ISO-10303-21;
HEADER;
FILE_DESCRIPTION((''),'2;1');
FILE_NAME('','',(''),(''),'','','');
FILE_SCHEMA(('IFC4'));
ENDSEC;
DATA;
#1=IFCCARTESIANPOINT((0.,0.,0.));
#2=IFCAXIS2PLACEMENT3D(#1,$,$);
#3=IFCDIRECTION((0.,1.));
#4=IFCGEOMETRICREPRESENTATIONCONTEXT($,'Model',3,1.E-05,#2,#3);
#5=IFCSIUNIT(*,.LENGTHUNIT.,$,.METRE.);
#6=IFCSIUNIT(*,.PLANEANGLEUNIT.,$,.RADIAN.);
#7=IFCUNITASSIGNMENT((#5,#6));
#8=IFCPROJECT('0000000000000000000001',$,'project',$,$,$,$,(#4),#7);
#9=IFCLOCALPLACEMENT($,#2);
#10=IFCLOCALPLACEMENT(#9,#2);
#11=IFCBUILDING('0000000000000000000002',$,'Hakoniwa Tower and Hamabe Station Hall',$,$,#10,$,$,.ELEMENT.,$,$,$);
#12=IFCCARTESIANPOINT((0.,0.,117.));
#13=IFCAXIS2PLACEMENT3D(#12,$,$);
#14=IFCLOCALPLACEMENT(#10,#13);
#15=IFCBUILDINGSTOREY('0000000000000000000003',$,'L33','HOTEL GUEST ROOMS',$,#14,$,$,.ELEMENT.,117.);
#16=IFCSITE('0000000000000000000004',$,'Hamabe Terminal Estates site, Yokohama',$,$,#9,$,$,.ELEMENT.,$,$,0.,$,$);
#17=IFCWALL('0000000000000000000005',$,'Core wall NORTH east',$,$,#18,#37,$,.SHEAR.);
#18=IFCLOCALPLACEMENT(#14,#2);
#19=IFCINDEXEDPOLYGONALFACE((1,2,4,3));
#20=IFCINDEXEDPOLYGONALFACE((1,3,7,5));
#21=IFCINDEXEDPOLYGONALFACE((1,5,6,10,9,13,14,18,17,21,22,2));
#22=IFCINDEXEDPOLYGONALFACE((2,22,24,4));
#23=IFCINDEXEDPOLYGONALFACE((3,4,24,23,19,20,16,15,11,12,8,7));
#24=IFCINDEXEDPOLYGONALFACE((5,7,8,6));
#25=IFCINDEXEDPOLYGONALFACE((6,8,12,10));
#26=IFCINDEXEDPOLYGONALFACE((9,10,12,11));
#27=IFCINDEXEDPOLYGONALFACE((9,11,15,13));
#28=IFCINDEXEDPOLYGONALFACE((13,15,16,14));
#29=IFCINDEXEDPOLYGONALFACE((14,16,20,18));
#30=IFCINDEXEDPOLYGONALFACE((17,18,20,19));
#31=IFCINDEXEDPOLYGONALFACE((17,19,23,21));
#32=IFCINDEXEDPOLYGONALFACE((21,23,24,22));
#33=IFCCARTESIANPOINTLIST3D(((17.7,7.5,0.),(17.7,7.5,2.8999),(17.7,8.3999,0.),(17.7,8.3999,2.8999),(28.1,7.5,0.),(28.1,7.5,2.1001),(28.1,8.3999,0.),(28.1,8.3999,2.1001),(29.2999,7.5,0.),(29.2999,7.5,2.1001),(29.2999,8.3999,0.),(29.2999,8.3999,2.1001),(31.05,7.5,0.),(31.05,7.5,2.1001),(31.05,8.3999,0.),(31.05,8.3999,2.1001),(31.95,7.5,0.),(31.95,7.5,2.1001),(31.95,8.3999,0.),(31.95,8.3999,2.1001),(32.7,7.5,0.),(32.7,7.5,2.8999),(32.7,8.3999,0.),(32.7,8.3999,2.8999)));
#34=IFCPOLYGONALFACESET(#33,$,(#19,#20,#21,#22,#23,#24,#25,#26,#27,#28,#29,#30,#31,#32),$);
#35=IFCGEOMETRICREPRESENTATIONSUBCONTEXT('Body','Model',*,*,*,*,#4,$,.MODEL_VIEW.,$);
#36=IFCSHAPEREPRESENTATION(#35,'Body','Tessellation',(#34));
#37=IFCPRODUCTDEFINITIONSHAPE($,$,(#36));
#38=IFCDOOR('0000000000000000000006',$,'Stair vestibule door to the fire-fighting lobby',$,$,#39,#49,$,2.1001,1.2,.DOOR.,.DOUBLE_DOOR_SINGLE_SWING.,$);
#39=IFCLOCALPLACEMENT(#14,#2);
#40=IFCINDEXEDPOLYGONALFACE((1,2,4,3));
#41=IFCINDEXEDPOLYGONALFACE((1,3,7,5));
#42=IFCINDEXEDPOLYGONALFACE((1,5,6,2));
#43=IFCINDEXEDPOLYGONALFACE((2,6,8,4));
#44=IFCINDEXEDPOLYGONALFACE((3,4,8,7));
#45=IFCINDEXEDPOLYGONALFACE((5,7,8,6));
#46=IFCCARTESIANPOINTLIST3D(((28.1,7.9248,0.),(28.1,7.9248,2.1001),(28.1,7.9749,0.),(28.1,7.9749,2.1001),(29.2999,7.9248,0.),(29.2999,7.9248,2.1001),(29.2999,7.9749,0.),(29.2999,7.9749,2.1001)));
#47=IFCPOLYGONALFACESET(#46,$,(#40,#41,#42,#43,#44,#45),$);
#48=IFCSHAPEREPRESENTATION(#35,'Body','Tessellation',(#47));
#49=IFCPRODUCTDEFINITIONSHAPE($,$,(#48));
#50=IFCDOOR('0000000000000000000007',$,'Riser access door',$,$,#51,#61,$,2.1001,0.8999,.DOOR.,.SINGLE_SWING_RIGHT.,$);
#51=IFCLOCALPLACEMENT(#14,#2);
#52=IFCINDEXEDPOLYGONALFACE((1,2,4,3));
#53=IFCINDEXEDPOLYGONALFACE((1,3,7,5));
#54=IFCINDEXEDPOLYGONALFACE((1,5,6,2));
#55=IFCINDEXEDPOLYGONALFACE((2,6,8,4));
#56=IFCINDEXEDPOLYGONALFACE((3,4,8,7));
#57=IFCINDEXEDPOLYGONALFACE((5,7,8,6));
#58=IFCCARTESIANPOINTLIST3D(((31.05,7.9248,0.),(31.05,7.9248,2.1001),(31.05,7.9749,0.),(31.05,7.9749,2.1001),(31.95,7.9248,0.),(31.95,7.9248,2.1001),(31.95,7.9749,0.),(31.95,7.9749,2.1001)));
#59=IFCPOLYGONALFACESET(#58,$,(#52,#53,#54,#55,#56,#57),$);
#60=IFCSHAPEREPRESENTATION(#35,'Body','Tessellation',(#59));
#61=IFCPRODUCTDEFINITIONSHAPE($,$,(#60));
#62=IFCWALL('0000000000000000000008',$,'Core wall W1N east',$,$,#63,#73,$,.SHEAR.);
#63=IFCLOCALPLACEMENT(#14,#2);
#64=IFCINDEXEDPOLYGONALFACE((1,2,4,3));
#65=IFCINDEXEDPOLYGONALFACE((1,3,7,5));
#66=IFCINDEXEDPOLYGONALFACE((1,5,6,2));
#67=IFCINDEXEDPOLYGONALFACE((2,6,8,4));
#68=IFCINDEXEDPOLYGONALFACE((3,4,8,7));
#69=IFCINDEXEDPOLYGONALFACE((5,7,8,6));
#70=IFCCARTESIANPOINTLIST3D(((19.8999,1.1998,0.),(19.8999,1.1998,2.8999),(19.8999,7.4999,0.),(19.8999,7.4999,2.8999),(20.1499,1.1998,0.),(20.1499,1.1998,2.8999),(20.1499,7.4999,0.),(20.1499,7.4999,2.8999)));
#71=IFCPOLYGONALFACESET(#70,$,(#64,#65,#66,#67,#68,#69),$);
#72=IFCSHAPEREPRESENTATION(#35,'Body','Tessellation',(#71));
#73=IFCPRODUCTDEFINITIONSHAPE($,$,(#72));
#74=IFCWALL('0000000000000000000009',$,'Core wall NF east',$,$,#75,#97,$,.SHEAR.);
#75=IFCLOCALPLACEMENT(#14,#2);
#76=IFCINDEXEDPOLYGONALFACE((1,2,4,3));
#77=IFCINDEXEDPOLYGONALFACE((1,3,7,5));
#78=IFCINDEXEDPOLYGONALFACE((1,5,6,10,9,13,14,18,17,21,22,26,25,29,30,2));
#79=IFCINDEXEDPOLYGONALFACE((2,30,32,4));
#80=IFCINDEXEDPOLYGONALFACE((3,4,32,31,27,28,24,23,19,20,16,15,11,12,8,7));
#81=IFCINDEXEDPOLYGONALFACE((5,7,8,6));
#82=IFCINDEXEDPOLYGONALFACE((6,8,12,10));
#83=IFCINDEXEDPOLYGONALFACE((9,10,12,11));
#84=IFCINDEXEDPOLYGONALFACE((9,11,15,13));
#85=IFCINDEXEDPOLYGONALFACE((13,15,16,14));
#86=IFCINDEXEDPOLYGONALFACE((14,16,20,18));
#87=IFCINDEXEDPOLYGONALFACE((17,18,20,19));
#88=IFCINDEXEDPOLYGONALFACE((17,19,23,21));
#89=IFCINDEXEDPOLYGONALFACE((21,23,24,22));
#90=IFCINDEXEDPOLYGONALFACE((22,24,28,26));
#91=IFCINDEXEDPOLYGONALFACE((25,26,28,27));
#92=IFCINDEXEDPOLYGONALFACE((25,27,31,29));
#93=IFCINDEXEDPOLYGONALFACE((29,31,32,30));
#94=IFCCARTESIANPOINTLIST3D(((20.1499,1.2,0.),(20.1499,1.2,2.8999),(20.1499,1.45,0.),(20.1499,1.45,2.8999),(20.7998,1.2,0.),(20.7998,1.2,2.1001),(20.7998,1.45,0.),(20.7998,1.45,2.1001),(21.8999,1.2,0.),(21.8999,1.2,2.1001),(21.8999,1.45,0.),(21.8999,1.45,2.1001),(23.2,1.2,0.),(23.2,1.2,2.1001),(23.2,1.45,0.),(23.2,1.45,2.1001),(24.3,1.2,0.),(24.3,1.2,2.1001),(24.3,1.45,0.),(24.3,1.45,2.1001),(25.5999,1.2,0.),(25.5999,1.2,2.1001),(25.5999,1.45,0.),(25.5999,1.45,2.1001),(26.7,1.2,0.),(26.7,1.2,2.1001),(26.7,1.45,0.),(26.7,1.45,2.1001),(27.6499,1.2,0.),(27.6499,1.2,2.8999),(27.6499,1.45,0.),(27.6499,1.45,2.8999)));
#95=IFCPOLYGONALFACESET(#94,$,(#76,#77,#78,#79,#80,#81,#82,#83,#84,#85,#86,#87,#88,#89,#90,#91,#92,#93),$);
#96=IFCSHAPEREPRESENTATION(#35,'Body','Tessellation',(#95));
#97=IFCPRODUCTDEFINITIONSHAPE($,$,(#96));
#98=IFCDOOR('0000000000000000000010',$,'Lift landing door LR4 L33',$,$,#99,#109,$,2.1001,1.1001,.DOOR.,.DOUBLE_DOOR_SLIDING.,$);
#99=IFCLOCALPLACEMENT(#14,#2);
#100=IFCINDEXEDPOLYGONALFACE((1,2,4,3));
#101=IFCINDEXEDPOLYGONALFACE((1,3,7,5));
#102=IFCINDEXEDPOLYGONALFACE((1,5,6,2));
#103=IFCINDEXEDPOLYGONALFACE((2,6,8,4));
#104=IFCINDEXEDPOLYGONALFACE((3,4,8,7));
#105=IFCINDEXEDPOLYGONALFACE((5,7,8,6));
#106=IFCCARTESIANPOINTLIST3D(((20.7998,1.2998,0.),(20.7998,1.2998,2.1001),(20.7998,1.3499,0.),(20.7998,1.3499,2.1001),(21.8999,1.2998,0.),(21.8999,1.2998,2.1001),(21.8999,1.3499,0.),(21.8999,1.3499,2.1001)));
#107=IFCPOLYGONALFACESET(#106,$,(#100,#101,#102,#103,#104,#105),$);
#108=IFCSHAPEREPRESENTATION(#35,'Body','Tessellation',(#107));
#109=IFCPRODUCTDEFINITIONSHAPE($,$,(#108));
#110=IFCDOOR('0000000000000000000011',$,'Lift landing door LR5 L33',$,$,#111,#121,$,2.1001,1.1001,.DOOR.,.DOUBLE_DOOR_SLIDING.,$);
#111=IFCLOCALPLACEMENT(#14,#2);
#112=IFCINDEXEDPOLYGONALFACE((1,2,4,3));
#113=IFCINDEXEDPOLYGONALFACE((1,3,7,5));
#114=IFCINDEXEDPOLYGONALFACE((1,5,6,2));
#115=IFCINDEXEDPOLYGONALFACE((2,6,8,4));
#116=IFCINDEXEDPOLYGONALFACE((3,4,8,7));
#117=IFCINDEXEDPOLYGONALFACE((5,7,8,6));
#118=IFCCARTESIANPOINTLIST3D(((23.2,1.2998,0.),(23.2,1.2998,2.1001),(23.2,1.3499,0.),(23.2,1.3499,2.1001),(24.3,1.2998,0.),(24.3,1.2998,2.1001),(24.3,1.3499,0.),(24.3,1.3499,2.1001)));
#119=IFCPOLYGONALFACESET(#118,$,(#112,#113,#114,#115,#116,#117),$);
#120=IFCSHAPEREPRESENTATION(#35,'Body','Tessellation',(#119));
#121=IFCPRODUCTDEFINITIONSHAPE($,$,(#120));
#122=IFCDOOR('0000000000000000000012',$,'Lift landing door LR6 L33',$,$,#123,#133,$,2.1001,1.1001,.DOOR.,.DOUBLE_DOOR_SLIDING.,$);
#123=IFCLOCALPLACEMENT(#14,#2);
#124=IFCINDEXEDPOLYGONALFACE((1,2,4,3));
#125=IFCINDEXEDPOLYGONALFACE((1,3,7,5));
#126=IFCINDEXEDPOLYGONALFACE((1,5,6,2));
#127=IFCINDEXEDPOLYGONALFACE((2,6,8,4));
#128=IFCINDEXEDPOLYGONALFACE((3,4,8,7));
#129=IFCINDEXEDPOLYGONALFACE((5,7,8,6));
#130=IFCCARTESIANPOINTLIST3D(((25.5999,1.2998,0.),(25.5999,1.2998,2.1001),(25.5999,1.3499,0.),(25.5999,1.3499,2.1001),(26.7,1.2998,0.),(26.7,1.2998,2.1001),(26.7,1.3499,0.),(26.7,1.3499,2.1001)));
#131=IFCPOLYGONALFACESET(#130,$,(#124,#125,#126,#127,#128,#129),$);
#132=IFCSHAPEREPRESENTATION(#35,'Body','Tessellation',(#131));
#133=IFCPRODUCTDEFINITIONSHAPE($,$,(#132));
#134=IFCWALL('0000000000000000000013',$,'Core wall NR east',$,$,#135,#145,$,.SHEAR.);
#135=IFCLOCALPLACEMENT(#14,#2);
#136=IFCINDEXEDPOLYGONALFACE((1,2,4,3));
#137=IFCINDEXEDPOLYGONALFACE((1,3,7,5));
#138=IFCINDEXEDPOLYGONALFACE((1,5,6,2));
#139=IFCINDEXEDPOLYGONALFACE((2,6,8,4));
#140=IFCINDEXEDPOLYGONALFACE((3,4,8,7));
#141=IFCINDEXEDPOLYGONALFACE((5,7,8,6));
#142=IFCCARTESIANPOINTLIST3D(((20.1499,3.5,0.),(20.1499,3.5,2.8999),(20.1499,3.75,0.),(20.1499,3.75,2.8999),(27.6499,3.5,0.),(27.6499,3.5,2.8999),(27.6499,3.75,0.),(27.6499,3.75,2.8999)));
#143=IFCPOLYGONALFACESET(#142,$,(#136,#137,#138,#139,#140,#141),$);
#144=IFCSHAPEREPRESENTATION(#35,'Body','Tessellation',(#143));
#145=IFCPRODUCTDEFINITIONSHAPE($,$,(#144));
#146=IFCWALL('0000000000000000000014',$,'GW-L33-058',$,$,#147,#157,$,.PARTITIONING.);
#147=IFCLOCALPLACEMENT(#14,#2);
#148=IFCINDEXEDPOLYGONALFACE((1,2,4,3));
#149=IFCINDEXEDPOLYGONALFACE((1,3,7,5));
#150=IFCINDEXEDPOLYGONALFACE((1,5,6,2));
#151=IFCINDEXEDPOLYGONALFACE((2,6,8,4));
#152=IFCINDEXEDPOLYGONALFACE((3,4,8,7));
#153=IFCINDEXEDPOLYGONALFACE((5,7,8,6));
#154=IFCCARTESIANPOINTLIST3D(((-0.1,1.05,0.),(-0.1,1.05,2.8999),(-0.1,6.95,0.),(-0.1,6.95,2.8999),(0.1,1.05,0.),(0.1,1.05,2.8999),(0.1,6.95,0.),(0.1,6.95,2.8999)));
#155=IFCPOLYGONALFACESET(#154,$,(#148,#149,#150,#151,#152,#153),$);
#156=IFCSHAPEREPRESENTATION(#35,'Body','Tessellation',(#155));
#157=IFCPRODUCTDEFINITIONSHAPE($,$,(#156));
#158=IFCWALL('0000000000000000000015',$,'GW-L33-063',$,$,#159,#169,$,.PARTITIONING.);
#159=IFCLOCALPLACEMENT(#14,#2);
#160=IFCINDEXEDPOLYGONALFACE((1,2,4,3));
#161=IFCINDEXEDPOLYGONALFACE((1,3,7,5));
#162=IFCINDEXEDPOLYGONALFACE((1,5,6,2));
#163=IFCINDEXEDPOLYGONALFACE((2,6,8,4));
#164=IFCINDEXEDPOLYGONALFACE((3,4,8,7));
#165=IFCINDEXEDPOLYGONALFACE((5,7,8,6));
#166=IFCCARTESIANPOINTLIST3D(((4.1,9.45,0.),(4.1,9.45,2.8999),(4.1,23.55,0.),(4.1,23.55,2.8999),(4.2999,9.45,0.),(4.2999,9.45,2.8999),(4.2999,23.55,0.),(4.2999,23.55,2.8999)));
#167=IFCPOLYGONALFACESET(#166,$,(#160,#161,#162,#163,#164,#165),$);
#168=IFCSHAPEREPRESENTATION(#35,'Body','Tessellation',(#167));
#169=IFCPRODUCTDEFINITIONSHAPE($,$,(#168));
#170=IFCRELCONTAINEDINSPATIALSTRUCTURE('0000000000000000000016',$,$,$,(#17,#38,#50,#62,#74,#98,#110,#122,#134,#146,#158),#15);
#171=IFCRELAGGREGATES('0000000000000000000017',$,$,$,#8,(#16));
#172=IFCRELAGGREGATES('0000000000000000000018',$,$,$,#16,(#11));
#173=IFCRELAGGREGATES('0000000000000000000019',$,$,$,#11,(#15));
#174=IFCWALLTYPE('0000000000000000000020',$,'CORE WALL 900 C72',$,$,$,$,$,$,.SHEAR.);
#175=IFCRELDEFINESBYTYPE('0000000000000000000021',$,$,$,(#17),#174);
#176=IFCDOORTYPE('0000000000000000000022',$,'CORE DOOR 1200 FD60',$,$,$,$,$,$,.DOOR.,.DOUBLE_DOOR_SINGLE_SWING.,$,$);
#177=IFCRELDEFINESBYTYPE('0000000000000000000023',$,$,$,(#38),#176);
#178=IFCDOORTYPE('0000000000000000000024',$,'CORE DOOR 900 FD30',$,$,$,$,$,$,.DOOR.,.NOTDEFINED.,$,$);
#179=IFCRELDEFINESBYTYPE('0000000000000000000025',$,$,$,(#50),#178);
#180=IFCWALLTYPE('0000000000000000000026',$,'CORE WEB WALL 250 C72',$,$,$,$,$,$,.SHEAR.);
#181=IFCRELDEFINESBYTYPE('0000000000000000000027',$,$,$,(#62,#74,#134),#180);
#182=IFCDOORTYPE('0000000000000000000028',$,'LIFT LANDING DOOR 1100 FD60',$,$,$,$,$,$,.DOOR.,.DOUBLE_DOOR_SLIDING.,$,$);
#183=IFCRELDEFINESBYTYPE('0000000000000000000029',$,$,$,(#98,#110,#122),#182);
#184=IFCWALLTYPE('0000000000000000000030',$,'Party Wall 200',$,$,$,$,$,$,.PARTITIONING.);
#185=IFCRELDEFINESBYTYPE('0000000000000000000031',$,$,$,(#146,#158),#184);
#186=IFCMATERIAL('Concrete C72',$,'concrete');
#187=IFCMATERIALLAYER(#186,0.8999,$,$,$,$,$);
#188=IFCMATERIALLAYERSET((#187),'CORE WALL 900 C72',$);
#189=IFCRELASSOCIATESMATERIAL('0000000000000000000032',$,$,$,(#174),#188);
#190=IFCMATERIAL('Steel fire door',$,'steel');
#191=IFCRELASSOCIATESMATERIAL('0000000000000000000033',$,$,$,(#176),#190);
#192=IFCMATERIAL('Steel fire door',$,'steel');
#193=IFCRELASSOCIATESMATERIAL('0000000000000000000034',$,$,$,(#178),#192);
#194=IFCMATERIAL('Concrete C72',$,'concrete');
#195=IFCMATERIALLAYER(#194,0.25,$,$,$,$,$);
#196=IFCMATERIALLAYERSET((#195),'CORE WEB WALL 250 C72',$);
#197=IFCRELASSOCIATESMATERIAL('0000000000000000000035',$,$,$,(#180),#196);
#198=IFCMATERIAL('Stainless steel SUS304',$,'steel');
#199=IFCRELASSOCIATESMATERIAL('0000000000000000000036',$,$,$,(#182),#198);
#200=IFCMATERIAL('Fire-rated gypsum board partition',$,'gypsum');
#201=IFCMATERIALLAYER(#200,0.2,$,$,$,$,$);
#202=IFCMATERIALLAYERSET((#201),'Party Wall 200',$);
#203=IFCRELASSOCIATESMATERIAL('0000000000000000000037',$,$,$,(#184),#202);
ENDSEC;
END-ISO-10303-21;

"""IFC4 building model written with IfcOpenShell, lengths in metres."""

from ifc_helpers import new_model, si_unit, direction, frame, frame_2d, origin, place, context, subcontext, project, spatial, rectangle, extrude, material, layer, layer_set, type_object, element, fill, save


model = new_model("IFC4")

# Units and contexts
model_context = context("Model", 3, precision=1e-05, world=origin(), true_north=direction((0.0, 1.0)))
body_context = subcontext(model_context, "Body", "Model", "MODEL_VIEW")
ifc_project = project(units=[si_unit("LENGTHUNIT", "METRE"), si_unit("PLANEANGLEUNIT", "RADIAN")], contexts=[model_context])

# Site, building, storey
site_placement = place(None, origin())
site = spatial("IfcSite", under=ifc_project, at=site_placement, Name="Hamabe Terminal Estates site, Yokohama", CompositionType="ELEMENT", RefElevation=0.0)
building_placement = place(site_placement, origin())
building = spatial("IfcBuilding", under=site, at=building_placement, Name="Hakoniwa Tower and Hamabe Station Hall", CompositionType="ELEMENT")
storey_placement = place(building_placement, frame((0.0, 0.0, 117.0)))
storey = spatial("IfcBuildingStorey", under=building, at=storey_placement, Name="L33", Description="HOTEL GUEST ROOMS", CompositionType="ELEMENT", Elevation=117.0)

# Wall, openings, doors
ifc_material_1 = material(Name="Concrete C72", Category="concrete")
ifc_layer_1 = layer(ifc_material_1, 0.8999)
ifc_layer_set_1 = layer_set([ifc_layer_1], Name="CORE WALL 900 C72")
wall_type_1 = type_object("IfcWallType", Name="CORE WALL 900 C72", PredefinedType="SHEAR", material=ifc_layer_set_1)
wall_1_placement = place(storey_placement, frame((17.7, 7.95, 0.0), z_axis=(0.0, 0.0, 1.0), x_axis=(1.0, 0.0, 0.0)))
wall_1 = element("IfcWall", 1, at=wall_1_placement, inside=storey, type_object=wall_type_1, Name="Core wall NORTH east", PredefinedType="SHEAR", context=body_context, shape_type="SweptSolid", body=[
    extrude(rectangle(XDim=15.0, YDim=0.8999, at=frame_2d((7.5, 0.0))), origin(), (0.0, 0.0, 1.0), 2.8999),
])
opening_1_placement = place(wall_1_placement, frame((10.3999, 0.0, 0.0)))
opening_1 = element("IfcOpeningElement", 2, at=opening_1_placement, cuts=wall_1, PredefinedType="OPENING", context=body_context, shape_type="SweptSolid", body=[
    extrude(rectangle(XDim=1.2, YDim=2.1001, at=frame_2d((0.6001, 1.05))), frame((0.0, 0.46, 0.0), z_axis=(0.0, -1.0, 0.0), x_axis=(1.0, 0.0, 0.0)), (0.0, 0.0, 1.0), 0.9199),
])
opening_2_placement = place(wall_1_placement, frame((13.3501, 0.0, 0.0)))
opening_2 = element("IfcOpeningElement", 3, at=opening_2_placement, cuts=wall_1, PredefinedType="OPENING", context=body_context, shape_type="SweptSolid", body=[
    extrude(rectangle(XDim=0.8999, YDim=2.1001, at=frame_2d((0.45, 1.05))), frame((0.0, 0.46, 0.0), z_axis=(0.0, -1.0, 0.0), x_axis=(1.0, 0.0, 0.0)), (0.0, 0.0, 1.0), 0.9199),
])
ifc_material_2 = material(Name="Steel fire door", Category="steel")
door_type_1 = type_object("IfcDoorType", Name="CORE DOOR 1200 FD60", OperationType="DOUBLE_DOOR_SINGLE_SWING", PredefinedType="DOOR", material=ifc_material_2)
door_1_placement = place(opening_1_placement, origin())
door_1 = element("IfcDoor", 4, at=door_1_placement, inside=storey, type_object=door_type_1, Name="Stair vestibule door to the fire-fighting lobby", OperationType="DOUBLE_DOOR_SINGLE_SWING", OverallHeight=2.1001, OverallWidth=1.2, PredefinedType="DOOR", context=body_context, shape_type="SweptSolid", body=[
    extrude(rectangle(XDim=1.2, YDim=2.1001, at=frame_2d((0.6001, 1.05))), frame((0.0, 0.0249, 0.0), z_axis=(0.0, -1.0, 0.0), x_axis=(1.0, 0.0, 0.0)), (0.0, 0.0, 1.0), 0.05),
])
fill(opening_1, door_1)
ifc_material_3 = material(Name="Steel fire door", Category="steel")
door_type_2 = type_object("IfcDoorType", Name="CORE DOOR 900 FD30", OperationType="NOTDEFINED", PredefinedType="DOOR", material=ifc_material_3)
door_2_placement = place(opening_2_placement, origin())
door_2 = element("IfcDoor", 5, at=door_2_placement, inside=storey, type_object=door_type_2, Name="Riser access door", OperationType="SINGLE_SWING_RIGHT", OverallHeight=2.1001, OverallWidth=0.8999, PredefinedType="DOOR", context=body_context, shape_type="SweptSolid", body=[
    extrude(rectangle(XDim=0.8999, YDim=2.1001, at=frame_2d((0.45, 1.05))), frame((0.0, 0.0249, 0.0), z_axis=(0.0, -1.0, 0.0), x_axis=(1.0, 0.0, 0.0)), (0.0, 0.0, 1.0), 0.05),
])
fill(opening_2, door_2)

# Wall
ifc_material_4 = material(Name="Concrete C72", Category="concrete")
ifc_layer_2 = layer(ifc_material_4, 0.25)
ifc_layer_set_2 = layer_set([ifc_layer_2], Name="CORE WEB WALL 250 C72")
wall_type_2 = type_object("IfcWallType", Name="CORE WEB WALL 250 C72", PredefinedType="SHEAR", material=ifc_layer_set_2)
wall_2_placement = place(storey_placement, frame((20.0249, 1.2, 0.0), z_axis=(0.0, 0.0, 1.0), x_axis=(0.0, 1.0, 0.0)))
element("IfcWall", 6, at=wall_2_placement, inside=storey, type_object=wall_type_2, Name="Core wall W1N east", PredefinedType="SHEAR", context=body_context, shape_type="SweptSolid", body=[
    extrude(rectangle(XDim=6.3, YDim=0.25, at=frame_2d((3.1499, 0.0))), origin(), (0.0, 0.0, 1.0), 2.8999),
])

# Wall, openings, doors
wall_3_placement = place(storey_placement, frame((20.1499, 1.325, 0.0), z_axis=(0.0, 0.0, 1.0), x_axis=(1.0, 0.0, 0.0)))
wall_3 = element("IfcWall", 7, at=wall_3_placement, inside=storey, type_object=wall_type_2, Name="Core wall NF east", PredefinedType="SHEAR", context=body_context, shape_type="SweptSolid", body=[
    extrude(rectangle(XDim=7.5, YDim=0.25, at=frame_2d((3.75, 0.0))), origin(), (0.0, 0.0, 1.0), 2.8999),
])
opening_3_placement = place(wall_3_placement, frame((0.6499, 0.0, 0.0)))
opening_3 = element("IfcOpeningElement", 8, at=opening_3_placement, cuts=wall_3, PredefinedType="OPENING", context=body_context, shape_type="SweptSolid", body=[
    extrude(rectangle(XDim=1.1001, YDim=2.1001, at=frame_2d((0.55, 1.05))), frame((0.0, 0.135, 0.0), z_axis=(0.0, -1.0, 0.0), x_axis=(1.0, 0.0, 0.0)), (0.0, 0.0, 1.0), 0.27),
])
opening_4_placement = place(wall_3_placement, frame((3.05, 0.0, 0.0)))
opening_4 = element("IfcOpeningElement", 9, at=opening_4_placement, cuts=wall_3, PredefinedType="OPENING", context=body_context, shape_type="SweptSolid", body=[
    extrude(rectangle(XDim=1.1001, YDim=2.1001, at=frame_2d((0.55, 1.05))), frame((0.0, 0.135, 0.0), z_axis=(0.0, -1.0, 0.0), x_axis=(1.0, 0.0, 0.0)), (0.0, 0.0, 1.0), 0.27),
])
opening_5_placement = place(wall_3_placement, frame((5.45, 0.0, 0.0)))
opening_5 = element("IfcOpeningElement", 10, at=opening_5_placement, cuts=wall_3, PredefinedType="OPENING", context=body_context, shape_type="SweptSolid", body=[
    extrude(rectangle(XDim=1.1001, YDim=2.1001, at=frame_2d((0.55, 1.05))), frame((0.0, 0.135, 0.0), z_axis=(0.0, -1.0, 0.0), x_axis=(1.0, 0.0, 0.0)), (0.0, 0.0, 1.0), 0.27),
])
ifc_material_5 = material(Name="Stainless steel SUS304", Category="steel")
door_type_3 = type_object("IfcDoorType", Name="LIFT LANDING DOOR 1100 FD60", OperationType="DOUBLE_DOOR_SLIDING", PredefinedType="DOOR", material=ifc_material_5)
door_3_placement = place(opening_3_placement, origin())
door_3 = element("IfcDoor", 11, at=door_3_placement, inside=storey, type_object=door_type_3, Name="Lift landing door LR4 L33", OperationType="DOUBLE_DOOR_SLIDING", OverallHeight=2.1001, OverallWidth=1.1001, PredefinedType="DOOR", context=body_context, shape_type="SweptSolid", body=[
    extrude(rectangle(XDim=1.1001, YDim=2.1001, at=frame_2d((0.55, 1.05))), frame((0.0, 0.0249, 0.0), z_axis=(0.0, -1.0, 0.0), x_axis=(1.0, 0.0, 0.0)), (0.0, 0.0, 1.0), 0.05),
])
fill(opening_3, door_3)
door_4_placement = place(opening_4_placement, origin())
door_4 = element("IfcDoor", 12, at=door_4_placement, inside=storey, type_object=door_type_3, Name="Lift landing door LR5 L33", OperationType="DOUBLE_DOOR_SLIDING", OverallHeight=2.1001, OverallWidth=1.1001, PredefinedType="DOOR", context=body_context, shape_type="SweptSolid", body=[
    extrude(rectangle(XDim=1.1001, YDim=2.1001, at=frame_2d((0.55, 1.05))), frame((0.0, 0.0249, 0.0), z_axis=(0.0, -1.0, 0.0), x_axis=(1.0, 0.0, 0.0)), (0.0, 0.0, 1.0), 0.05),
])
fill(opening_4, door_4)
door_5_placement = place(opening_5_placement, origin())
door_5 = element("IfcDoor", 13, at=door_5_placement, inside=storey, type_object=door_type_3, Name="Lift landing door LR6 L33", OperationType="DOUBLE_DOOR_SLIDING", OverallHeight=2.1001, OverallWidth=1.1001, PredefinedType="DOOR", context=body_context, shape_type="SweptSolid", body=[
    extrude(rectangle(XDim=1.1001, YDim=2.1001, at=frame_2d((0.55, 1.05))), frame((0.0, 0.0249, 0.0), z_axis=(0.0, -1.0, 0.0), x_axis=(1.0, 0.0, 0.0)), (0.0, 0.0, 1.0), 0.05),
])
fill(opening_5, door_5)

# Walls
wall_4_placement = place(storey_placement, frame((20.1499, 3.625, 0.0), z_axis=(0.0, 0.0, 1.0), x_axis=(1.0, 0.0, 0.0)))
element("IfcWall", 14, at=wall_4_placement, inside=storey, type_object=wall_type_2, Name="Core wall NR east", PredefinedType="SHEAR", context=body_context, shape_type="SweptSolid", body=[
    extrude(rectangle(XDim=7.5, YDim=0.25, at=frame_2d((3.75, 0.0))), origin(), (0.0, 0.0, 1.0), 2.8999),
])
ifc_material_6 = material(Name="Fire-rated gypsum board partition", Category="gypsum")
ifc_layer_3 = layer(ifc_material_6, 0.2)
ifc_layer_set_3 = layer_set([ifc_layer_3], Name="Party Wall 200")
wall_type_3 = type_object("IfcWallType", Name="Party Wall 200", PredefinedType="PARTITIONING", material=ifc_layer_set_3)
wall_5_placement = place(storey_placement, frame((0.0, 1.05, 0.0), z_axis=(0.0, 0.0, 1.0), x_axis=(0.0, 1.0, 0.0)))
element("IfcWall", 15, at=wall_5_placement, inside=storey, type_object=wall_type_3, Name="GW-L33-058", PredefinedType="PARTITIONING", context=body_context, shape_type="SweptSolid", body=[
    extrude(rectangle(XDim=5.8999, YDim=0.2, at=frame_2d((2.95, 0.0))), origin(), (0.0, 0.0, 1.0), 2.8999),
])
wall_6_placement = place(storey_placement, frame((4.2, 9.45, 0.0), z_axis=(0.0, 0.0, 1.0), x_axis=(0.0, 1.0, 0.0)))
element("IfcWall", 16, at=wall_6_placement, inside=storey, type_object=wall_type_3, Name="GW-L33-063", PredefinedType="PARTITIONING", context=body_context, shape_type="SweptSolid", body=[
    extrude(rectangle(XDim=14.1001, YDim=0.2, at=frame_2d((7.05, 0.0))), origin(), (0.0, 0.0, 1.0), 2.8999),
])

save(model, "model.ifc")
